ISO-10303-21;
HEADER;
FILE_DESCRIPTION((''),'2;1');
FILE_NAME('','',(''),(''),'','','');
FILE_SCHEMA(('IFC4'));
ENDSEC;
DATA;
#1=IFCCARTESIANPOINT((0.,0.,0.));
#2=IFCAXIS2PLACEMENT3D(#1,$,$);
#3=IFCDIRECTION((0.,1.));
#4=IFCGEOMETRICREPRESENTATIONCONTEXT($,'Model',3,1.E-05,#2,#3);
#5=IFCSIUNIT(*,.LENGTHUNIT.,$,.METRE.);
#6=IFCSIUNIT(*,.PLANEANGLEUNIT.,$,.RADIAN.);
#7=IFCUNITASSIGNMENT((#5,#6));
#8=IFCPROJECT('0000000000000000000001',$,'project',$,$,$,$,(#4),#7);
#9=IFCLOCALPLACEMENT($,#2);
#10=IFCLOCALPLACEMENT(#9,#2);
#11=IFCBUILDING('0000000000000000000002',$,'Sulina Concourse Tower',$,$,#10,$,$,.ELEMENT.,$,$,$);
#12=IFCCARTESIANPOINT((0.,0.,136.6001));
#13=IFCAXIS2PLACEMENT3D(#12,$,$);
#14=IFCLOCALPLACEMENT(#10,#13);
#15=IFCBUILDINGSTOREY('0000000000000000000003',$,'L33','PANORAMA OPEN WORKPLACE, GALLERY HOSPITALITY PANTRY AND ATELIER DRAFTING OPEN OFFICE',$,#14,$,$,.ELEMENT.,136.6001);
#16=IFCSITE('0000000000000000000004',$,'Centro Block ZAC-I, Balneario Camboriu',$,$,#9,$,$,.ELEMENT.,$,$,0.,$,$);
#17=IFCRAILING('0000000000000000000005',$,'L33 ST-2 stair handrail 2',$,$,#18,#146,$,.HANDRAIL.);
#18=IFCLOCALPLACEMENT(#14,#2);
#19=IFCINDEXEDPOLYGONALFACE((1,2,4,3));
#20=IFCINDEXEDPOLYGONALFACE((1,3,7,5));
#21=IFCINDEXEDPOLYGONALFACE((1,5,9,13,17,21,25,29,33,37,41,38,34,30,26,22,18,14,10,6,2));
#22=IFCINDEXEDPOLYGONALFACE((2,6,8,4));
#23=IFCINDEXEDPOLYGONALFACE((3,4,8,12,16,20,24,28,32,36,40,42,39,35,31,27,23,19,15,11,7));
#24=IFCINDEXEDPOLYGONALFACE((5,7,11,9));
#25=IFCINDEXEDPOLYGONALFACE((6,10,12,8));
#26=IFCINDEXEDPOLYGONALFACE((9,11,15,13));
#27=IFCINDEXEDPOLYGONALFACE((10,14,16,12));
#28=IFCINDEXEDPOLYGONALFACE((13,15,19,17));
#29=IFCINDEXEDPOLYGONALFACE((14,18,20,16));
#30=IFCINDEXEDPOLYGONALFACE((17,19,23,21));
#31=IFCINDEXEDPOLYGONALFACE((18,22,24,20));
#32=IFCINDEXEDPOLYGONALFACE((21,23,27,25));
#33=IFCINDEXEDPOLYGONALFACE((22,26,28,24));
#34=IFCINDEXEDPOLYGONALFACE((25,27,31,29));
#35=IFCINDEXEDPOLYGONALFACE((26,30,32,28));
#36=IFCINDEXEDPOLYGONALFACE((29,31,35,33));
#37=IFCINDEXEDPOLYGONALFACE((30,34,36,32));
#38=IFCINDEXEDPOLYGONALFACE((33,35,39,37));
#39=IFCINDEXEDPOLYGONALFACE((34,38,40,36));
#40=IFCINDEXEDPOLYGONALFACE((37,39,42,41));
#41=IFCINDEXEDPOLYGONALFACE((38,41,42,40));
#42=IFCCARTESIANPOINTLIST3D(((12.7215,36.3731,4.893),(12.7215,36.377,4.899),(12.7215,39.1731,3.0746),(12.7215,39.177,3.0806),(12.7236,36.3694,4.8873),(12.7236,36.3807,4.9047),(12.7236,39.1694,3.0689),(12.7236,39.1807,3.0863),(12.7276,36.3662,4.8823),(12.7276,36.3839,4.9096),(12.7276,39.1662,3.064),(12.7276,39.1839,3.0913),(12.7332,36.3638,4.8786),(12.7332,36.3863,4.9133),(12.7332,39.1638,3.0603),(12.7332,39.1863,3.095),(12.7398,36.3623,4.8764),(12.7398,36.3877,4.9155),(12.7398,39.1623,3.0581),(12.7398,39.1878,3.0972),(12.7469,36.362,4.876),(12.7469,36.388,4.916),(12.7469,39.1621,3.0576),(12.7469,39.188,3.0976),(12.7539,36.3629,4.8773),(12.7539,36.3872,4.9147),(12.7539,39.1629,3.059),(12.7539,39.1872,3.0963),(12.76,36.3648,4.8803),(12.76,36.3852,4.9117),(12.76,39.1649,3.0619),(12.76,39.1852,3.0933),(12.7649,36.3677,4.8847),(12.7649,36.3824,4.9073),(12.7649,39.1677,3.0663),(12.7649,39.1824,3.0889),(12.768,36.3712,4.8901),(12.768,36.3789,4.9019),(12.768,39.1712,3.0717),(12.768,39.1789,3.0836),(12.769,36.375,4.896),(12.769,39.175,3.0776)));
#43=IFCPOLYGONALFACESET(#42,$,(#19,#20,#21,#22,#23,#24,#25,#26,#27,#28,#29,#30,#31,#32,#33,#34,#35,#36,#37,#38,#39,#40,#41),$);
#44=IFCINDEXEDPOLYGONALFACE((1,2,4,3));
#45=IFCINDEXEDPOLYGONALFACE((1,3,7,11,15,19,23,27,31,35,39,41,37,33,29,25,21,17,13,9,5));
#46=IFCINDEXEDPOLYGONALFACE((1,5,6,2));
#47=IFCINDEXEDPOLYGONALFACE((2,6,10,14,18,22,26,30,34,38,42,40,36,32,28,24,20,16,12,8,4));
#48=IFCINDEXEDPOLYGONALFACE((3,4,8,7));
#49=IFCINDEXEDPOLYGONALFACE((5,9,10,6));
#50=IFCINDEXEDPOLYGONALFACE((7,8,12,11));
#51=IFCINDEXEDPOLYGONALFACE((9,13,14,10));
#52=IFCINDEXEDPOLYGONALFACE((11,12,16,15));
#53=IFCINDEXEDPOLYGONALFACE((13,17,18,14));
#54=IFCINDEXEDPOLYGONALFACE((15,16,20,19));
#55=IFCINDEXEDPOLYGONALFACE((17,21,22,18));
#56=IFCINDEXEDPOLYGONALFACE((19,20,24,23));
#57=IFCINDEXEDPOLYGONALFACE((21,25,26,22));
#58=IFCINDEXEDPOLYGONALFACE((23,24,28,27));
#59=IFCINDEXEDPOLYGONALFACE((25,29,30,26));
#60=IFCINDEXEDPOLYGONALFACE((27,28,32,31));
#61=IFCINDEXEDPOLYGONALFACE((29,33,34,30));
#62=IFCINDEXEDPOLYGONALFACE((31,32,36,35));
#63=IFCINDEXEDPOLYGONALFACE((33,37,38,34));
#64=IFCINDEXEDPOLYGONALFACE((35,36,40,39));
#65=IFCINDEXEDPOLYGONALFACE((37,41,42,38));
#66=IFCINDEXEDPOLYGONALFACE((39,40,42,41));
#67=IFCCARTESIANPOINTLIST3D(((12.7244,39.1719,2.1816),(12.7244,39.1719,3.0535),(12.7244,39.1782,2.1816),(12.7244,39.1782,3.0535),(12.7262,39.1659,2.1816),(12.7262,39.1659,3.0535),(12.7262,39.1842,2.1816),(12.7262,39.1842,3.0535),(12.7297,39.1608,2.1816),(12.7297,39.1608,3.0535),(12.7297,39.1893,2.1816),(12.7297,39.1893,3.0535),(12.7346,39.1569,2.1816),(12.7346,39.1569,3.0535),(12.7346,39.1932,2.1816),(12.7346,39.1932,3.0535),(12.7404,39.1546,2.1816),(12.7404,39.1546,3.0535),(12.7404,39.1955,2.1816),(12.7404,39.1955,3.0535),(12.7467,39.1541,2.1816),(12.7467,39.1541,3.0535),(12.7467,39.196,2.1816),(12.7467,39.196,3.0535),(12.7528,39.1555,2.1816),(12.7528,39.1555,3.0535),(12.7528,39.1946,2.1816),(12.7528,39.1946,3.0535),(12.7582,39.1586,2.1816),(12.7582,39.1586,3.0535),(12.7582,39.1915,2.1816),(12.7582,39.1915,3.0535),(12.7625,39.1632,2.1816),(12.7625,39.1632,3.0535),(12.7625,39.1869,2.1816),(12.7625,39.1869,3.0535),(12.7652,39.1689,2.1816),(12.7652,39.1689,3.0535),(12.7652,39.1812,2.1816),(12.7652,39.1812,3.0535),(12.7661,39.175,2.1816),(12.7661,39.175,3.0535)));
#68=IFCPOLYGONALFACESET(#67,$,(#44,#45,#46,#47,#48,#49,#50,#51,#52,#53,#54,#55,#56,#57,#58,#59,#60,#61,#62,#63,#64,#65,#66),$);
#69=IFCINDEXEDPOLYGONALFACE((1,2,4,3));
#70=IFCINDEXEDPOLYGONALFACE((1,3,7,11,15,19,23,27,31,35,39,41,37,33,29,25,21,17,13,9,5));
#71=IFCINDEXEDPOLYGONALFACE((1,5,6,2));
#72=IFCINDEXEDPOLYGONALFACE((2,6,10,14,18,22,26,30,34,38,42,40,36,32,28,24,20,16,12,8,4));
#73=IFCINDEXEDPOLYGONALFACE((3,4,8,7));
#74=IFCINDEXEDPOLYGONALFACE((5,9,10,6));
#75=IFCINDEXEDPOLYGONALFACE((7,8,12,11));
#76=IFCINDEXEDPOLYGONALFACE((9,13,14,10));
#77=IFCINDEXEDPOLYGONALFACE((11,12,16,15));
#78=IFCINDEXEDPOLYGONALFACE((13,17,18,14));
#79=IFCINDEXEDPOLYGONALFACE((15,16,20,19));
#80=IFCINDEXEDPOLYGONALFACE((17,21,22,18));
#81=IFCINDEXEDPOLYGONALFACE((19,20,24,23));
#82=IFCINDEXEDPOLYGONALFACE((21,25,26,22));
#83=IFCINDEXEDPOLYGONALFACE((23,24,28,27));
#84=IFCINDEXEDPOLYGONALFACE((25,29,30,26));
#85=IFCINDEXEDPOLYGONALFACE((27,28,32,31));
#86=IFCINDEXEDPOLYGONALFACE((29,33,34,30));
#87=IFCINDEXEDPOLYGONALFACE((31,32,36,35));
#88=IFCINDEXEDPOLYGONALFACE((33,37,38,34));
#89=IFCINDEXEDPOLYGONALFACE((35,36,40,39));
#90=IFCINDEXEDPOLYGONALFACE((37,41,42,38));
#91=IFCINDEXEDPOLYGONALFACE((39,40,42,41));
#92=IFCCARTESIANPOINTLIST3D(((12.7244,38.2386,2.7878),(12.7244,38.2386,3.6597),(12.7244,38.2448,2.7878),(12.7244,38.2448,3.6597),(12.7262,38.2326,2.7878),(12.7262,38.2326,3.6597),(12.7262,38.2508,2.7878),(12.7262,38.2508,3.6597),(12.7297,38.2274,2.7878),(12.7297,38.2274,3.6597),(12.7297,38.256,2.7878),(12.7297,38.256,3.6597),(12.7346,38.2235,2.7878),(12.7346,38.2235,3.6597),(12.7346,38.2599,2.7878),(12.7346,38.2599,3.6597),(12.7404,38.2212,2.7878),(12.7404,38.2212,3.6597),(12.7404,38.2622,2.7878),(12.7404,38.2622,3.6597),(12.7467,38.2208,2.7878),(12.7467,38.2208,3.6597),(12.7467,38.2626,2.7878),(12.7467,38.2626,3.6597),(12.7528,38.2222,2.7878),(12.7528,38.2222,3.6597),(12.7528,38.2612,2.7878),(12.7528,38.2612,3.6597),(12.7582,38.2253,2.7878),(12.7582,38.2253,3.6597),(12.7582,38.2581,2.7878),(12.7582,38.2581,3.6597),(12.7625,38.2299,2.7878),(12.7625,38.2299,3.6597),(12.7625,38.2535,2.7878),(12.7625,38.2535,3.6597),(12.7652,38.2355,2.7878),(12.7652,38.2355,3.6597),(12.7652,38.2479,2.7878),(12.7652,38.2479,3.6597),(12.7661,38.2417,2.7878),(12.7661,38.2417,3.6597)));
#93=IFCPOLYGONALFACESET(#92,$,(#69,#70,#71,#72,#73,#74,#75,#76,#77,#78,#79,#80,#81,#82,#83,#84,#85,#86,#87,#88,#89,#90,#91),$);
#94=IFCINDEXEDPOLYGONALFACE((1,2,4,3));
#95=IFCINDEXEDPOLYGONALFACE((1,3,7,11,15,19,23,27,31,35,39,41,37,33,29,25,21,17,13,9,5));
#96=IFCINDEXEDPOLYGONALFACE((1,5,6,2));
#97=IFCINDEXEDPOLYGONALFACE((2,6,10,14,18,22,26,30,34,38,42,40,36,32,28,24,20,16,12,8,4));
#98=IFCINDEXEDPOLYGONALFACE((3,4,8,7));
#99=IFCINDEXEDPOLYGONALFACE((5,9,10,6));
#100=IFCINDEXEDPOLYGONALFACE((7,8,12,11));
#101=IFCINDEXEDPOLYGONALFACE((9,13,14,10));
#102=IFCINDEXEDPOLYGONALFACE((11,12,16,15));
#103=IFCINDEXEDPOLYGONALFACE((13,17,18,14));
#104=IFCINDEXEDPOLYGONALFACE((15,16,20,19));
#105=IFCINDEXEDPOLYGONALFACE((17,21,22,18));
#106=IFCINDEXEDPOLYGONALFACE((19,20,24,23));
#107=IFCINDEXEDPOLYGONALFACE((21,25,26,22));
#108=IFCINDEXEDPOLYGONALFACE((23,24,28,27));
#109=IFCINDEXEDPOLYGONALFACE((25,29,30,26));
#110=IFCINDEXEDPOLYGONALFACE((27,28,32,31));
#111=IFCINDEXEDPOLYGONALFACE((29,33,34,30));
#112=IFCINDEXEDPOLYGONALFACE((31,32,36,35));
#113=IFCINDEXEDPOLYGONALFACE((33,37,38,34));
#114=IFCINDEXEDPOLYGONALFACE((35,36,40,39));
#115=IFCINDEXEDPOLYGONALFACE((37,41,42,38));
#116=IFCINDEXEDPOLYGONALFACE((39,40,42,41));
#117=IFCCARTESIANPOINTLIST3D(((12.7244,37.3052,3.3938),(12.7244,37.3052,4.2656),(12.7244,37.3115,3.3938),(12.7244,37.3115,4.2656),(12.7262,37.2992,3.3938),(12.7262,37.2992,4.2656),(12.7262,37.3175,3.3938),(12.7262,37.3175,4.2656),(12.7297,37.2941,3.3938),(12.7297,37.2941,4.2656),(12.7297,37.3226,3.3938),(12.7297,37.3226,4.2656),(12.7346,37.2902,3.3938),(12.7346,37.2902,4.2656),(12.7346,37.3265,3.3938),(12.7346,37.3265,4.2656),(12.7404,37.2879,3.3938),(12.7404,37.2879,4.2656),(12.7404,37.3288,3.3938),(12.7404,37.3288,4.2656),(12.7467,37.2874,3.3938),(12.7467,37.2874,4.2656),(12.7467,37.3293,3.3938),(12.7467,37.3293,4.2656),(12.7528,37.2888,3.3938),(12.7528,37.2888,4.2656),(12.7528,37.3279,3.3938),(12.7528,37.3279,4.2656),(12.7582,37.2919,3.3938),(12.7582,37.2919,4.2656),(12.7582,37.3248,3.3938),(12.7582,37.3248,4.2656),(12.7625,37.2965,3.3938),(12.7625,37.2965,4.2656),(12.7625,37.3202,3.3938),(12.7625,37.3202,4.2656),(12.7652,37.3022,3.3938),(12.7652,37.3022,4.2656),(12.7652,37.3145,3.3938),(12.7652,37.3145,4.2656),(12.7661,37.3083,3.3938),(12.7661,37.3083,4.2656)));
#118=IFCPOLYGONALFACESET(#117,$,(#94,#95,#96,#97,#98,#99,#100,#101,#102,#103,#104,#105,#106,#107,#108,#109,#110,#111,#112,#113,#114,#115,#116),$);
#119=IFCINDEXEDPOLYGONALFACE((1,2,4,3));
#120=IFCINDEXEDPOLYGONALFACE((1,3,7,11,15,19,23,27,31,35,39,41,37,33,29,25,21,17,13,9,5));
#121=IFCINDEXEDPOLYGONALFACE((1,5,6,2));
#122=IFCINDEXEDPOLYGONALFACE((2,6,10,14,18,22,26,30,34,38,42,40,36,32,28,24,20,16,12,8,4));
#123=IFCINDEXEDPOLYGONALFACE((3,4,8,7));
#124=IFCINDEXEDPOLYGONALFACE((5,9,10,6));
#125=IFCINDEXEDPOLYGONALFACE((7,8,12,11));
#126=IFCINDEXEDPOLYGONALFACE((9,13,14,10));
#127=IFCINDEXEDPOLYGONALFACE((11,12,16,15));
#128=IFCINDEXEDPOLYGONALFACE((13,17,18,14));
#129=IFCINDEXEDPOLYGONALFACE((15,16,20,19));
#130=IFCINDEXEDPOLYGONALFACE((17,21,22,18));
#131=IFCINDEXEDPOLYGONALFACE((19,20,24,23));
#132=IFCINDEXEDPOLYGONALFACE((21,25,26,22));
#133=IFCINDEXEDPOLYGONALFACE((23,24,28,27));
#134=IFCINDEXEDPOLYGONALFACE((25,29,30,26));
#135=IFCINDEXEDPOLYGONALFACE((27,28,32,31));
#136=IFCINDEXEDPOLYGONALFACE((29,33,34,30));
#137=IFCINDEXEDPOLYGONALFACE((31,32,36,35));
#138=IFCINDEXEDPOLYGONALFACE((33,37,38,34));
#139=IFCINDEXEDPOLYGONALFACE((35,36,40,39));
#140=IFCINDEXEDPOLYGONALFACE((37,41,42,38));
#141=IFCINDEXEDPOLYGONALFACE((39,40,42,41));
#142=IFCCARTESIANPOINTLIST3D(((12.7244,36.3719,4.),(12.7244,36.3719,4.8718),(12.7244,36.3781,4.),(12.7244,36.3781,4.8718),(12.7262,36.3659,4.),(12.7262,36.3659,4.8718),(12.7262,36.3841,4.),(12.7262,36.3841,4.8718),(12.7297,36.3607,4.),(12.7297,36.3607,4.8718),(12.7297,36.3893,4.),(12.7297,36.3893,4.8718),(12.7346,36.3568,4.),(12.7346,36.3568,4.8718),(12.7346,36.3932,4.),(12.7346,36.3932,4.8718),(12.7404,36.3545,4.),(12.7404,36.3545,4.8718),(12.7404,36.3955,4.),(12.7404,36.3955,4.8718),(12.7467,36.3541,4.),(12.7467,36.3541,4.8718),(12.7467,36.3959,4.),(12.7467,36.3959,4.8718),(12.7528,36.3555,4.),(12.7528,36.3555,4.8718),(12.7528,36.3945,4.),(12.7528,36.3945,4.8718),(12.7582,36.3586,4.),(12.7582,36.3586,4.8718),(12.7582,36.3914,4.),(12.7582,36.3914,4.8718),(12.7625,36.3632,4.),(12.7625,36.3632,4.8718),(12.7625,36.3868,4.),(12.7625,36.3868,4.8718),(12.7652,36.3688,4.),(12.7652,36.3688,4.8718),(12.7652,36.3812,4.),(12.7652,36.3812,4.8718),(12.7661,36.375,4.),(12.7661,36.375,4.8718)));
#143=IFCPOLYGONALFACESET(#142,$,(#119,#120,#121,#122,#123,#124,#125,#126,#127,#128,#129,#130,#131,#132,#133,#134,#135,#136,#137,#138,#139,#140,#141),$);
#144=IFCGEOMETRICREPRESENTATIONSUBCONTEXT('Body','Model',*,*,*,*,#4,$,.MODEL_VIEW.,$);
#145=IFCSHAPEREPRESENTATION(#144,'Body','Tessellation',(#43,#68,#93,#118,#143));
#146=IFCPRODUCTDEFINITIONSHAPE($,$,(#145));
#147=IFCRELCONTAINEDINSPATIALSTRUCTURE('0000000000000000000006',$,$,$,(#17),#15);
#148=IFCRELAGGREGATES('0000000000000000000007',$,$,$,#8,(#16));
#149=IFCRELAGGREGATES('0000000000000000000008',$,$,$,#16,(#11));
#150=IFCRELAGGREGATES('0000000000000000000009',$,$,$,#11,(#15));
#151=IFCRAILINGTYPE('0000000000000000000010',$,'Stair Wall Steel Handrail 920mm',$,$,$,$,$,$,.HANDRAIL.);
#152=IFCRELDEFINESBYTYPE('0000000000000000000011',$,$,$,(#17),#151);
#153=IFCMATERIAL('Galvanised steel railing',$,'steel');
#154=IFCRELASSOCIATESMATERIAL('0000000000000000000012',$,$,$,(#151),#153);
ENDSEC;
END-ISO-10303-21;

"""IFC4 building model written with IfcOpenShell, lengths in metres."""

from ifc_helpers import new_model, si_unit, direction, frame, origin, origin_2d, place, context, subcontext, project, spatial, circle, extrude, material, type_object, element, save


model = new_model("IFC4")

# Units and contexts
model_context = context("Model", 3, precision=1e-05, world=origin(), true_north=direction((0.0, 1.0)))
body_context = subcontext(model_context, "Body", "Model", "MODEL_VIEW")
ifc_project = project(units=[si_unit("LENGTHUNIT", "METRE"), si_unit("PLANEANGLEUNIT", "RADIAN")], contexts=[model_context])

# Site, building, storey
site_placement = place(None, origin())
site = spatial("IfcSite", under=ifc_project, at=site_placement, Name="Centro Block ZAC-I, Balneario Camboriu", CompositionType="ELEMENT", RefElevation=0.0)
building_placement = place(site_placement, origin())
building = spatial("IfcBuilding", under=site, at=building_placement, Name="Sulina Concourse Tower", CompositionType="ELEMENT")
storey_placement = place(building_placement, frame((0.0, 0.0, 136.6001)))
storey = spatial("IfcBuildingStorey", under=building, at=storey_placement, Name="L33", Description="PANORAMA OPEN WORKPLACE, GALLERY HOSPITALITY PANTRY AND ATELIER DRAFTING OPEN OFFICE", CompositionType="ELEMENT", Elevation=136.6001)

# Railing
ifc_material_1 = material(Name="Galvanised steel railing", Category="steel")
railing_type_1 = type_object("IfcRailingType", Name="Stair Wall Steel Handrail 920mm", PredefinedType="HANDRAIL", material=ifc_material_1)
railing_1_placement = place(storey_placement, frame((12.7451, 39.175, 2.1816)))
element("IfcRailing", 1, at=railing_1_placement, inside=storey, type_object=railing_type_1, Name="L33 ST-2 stair handrail 2", PredefinedType="HANDRAIL", context=body_context, shape_type="SweptSolid", body=[
    extrude(circle(Radius=0.0239, at=origin_2d()), frame((0.0, 0.0, 0.896), z_axis=(0.0, -0.838672, 0.544636), x_axis=(1.0, 0.0, 0.0)), (0.0, 0.0, 1.0), 3.3386),
    extrude(circle(Radius=0.021, at=origin_2d()), origin(), (0.0, 0.0, 1.0), 0.8718),
    extrude(circle(Radius=0.021, at=origin_2d()), frame((0.0, -0.9333, 0.6062)), (0.0, 0.0, 1.0), 0.8718),
    extrude(circle(Radius=0.021, at=origin_2d()), frame((0.0, -1.8667, 1.2122)), (0.0, 0.0, 1.0), 0.8718),
    extrude(circle(Radius=0.021, at=origin_2d()), frame((0.0, -2.8, 1.8184)), (0.0, 0.0, 1.0), 0.8718),
])

save(model, "model.ifc")
